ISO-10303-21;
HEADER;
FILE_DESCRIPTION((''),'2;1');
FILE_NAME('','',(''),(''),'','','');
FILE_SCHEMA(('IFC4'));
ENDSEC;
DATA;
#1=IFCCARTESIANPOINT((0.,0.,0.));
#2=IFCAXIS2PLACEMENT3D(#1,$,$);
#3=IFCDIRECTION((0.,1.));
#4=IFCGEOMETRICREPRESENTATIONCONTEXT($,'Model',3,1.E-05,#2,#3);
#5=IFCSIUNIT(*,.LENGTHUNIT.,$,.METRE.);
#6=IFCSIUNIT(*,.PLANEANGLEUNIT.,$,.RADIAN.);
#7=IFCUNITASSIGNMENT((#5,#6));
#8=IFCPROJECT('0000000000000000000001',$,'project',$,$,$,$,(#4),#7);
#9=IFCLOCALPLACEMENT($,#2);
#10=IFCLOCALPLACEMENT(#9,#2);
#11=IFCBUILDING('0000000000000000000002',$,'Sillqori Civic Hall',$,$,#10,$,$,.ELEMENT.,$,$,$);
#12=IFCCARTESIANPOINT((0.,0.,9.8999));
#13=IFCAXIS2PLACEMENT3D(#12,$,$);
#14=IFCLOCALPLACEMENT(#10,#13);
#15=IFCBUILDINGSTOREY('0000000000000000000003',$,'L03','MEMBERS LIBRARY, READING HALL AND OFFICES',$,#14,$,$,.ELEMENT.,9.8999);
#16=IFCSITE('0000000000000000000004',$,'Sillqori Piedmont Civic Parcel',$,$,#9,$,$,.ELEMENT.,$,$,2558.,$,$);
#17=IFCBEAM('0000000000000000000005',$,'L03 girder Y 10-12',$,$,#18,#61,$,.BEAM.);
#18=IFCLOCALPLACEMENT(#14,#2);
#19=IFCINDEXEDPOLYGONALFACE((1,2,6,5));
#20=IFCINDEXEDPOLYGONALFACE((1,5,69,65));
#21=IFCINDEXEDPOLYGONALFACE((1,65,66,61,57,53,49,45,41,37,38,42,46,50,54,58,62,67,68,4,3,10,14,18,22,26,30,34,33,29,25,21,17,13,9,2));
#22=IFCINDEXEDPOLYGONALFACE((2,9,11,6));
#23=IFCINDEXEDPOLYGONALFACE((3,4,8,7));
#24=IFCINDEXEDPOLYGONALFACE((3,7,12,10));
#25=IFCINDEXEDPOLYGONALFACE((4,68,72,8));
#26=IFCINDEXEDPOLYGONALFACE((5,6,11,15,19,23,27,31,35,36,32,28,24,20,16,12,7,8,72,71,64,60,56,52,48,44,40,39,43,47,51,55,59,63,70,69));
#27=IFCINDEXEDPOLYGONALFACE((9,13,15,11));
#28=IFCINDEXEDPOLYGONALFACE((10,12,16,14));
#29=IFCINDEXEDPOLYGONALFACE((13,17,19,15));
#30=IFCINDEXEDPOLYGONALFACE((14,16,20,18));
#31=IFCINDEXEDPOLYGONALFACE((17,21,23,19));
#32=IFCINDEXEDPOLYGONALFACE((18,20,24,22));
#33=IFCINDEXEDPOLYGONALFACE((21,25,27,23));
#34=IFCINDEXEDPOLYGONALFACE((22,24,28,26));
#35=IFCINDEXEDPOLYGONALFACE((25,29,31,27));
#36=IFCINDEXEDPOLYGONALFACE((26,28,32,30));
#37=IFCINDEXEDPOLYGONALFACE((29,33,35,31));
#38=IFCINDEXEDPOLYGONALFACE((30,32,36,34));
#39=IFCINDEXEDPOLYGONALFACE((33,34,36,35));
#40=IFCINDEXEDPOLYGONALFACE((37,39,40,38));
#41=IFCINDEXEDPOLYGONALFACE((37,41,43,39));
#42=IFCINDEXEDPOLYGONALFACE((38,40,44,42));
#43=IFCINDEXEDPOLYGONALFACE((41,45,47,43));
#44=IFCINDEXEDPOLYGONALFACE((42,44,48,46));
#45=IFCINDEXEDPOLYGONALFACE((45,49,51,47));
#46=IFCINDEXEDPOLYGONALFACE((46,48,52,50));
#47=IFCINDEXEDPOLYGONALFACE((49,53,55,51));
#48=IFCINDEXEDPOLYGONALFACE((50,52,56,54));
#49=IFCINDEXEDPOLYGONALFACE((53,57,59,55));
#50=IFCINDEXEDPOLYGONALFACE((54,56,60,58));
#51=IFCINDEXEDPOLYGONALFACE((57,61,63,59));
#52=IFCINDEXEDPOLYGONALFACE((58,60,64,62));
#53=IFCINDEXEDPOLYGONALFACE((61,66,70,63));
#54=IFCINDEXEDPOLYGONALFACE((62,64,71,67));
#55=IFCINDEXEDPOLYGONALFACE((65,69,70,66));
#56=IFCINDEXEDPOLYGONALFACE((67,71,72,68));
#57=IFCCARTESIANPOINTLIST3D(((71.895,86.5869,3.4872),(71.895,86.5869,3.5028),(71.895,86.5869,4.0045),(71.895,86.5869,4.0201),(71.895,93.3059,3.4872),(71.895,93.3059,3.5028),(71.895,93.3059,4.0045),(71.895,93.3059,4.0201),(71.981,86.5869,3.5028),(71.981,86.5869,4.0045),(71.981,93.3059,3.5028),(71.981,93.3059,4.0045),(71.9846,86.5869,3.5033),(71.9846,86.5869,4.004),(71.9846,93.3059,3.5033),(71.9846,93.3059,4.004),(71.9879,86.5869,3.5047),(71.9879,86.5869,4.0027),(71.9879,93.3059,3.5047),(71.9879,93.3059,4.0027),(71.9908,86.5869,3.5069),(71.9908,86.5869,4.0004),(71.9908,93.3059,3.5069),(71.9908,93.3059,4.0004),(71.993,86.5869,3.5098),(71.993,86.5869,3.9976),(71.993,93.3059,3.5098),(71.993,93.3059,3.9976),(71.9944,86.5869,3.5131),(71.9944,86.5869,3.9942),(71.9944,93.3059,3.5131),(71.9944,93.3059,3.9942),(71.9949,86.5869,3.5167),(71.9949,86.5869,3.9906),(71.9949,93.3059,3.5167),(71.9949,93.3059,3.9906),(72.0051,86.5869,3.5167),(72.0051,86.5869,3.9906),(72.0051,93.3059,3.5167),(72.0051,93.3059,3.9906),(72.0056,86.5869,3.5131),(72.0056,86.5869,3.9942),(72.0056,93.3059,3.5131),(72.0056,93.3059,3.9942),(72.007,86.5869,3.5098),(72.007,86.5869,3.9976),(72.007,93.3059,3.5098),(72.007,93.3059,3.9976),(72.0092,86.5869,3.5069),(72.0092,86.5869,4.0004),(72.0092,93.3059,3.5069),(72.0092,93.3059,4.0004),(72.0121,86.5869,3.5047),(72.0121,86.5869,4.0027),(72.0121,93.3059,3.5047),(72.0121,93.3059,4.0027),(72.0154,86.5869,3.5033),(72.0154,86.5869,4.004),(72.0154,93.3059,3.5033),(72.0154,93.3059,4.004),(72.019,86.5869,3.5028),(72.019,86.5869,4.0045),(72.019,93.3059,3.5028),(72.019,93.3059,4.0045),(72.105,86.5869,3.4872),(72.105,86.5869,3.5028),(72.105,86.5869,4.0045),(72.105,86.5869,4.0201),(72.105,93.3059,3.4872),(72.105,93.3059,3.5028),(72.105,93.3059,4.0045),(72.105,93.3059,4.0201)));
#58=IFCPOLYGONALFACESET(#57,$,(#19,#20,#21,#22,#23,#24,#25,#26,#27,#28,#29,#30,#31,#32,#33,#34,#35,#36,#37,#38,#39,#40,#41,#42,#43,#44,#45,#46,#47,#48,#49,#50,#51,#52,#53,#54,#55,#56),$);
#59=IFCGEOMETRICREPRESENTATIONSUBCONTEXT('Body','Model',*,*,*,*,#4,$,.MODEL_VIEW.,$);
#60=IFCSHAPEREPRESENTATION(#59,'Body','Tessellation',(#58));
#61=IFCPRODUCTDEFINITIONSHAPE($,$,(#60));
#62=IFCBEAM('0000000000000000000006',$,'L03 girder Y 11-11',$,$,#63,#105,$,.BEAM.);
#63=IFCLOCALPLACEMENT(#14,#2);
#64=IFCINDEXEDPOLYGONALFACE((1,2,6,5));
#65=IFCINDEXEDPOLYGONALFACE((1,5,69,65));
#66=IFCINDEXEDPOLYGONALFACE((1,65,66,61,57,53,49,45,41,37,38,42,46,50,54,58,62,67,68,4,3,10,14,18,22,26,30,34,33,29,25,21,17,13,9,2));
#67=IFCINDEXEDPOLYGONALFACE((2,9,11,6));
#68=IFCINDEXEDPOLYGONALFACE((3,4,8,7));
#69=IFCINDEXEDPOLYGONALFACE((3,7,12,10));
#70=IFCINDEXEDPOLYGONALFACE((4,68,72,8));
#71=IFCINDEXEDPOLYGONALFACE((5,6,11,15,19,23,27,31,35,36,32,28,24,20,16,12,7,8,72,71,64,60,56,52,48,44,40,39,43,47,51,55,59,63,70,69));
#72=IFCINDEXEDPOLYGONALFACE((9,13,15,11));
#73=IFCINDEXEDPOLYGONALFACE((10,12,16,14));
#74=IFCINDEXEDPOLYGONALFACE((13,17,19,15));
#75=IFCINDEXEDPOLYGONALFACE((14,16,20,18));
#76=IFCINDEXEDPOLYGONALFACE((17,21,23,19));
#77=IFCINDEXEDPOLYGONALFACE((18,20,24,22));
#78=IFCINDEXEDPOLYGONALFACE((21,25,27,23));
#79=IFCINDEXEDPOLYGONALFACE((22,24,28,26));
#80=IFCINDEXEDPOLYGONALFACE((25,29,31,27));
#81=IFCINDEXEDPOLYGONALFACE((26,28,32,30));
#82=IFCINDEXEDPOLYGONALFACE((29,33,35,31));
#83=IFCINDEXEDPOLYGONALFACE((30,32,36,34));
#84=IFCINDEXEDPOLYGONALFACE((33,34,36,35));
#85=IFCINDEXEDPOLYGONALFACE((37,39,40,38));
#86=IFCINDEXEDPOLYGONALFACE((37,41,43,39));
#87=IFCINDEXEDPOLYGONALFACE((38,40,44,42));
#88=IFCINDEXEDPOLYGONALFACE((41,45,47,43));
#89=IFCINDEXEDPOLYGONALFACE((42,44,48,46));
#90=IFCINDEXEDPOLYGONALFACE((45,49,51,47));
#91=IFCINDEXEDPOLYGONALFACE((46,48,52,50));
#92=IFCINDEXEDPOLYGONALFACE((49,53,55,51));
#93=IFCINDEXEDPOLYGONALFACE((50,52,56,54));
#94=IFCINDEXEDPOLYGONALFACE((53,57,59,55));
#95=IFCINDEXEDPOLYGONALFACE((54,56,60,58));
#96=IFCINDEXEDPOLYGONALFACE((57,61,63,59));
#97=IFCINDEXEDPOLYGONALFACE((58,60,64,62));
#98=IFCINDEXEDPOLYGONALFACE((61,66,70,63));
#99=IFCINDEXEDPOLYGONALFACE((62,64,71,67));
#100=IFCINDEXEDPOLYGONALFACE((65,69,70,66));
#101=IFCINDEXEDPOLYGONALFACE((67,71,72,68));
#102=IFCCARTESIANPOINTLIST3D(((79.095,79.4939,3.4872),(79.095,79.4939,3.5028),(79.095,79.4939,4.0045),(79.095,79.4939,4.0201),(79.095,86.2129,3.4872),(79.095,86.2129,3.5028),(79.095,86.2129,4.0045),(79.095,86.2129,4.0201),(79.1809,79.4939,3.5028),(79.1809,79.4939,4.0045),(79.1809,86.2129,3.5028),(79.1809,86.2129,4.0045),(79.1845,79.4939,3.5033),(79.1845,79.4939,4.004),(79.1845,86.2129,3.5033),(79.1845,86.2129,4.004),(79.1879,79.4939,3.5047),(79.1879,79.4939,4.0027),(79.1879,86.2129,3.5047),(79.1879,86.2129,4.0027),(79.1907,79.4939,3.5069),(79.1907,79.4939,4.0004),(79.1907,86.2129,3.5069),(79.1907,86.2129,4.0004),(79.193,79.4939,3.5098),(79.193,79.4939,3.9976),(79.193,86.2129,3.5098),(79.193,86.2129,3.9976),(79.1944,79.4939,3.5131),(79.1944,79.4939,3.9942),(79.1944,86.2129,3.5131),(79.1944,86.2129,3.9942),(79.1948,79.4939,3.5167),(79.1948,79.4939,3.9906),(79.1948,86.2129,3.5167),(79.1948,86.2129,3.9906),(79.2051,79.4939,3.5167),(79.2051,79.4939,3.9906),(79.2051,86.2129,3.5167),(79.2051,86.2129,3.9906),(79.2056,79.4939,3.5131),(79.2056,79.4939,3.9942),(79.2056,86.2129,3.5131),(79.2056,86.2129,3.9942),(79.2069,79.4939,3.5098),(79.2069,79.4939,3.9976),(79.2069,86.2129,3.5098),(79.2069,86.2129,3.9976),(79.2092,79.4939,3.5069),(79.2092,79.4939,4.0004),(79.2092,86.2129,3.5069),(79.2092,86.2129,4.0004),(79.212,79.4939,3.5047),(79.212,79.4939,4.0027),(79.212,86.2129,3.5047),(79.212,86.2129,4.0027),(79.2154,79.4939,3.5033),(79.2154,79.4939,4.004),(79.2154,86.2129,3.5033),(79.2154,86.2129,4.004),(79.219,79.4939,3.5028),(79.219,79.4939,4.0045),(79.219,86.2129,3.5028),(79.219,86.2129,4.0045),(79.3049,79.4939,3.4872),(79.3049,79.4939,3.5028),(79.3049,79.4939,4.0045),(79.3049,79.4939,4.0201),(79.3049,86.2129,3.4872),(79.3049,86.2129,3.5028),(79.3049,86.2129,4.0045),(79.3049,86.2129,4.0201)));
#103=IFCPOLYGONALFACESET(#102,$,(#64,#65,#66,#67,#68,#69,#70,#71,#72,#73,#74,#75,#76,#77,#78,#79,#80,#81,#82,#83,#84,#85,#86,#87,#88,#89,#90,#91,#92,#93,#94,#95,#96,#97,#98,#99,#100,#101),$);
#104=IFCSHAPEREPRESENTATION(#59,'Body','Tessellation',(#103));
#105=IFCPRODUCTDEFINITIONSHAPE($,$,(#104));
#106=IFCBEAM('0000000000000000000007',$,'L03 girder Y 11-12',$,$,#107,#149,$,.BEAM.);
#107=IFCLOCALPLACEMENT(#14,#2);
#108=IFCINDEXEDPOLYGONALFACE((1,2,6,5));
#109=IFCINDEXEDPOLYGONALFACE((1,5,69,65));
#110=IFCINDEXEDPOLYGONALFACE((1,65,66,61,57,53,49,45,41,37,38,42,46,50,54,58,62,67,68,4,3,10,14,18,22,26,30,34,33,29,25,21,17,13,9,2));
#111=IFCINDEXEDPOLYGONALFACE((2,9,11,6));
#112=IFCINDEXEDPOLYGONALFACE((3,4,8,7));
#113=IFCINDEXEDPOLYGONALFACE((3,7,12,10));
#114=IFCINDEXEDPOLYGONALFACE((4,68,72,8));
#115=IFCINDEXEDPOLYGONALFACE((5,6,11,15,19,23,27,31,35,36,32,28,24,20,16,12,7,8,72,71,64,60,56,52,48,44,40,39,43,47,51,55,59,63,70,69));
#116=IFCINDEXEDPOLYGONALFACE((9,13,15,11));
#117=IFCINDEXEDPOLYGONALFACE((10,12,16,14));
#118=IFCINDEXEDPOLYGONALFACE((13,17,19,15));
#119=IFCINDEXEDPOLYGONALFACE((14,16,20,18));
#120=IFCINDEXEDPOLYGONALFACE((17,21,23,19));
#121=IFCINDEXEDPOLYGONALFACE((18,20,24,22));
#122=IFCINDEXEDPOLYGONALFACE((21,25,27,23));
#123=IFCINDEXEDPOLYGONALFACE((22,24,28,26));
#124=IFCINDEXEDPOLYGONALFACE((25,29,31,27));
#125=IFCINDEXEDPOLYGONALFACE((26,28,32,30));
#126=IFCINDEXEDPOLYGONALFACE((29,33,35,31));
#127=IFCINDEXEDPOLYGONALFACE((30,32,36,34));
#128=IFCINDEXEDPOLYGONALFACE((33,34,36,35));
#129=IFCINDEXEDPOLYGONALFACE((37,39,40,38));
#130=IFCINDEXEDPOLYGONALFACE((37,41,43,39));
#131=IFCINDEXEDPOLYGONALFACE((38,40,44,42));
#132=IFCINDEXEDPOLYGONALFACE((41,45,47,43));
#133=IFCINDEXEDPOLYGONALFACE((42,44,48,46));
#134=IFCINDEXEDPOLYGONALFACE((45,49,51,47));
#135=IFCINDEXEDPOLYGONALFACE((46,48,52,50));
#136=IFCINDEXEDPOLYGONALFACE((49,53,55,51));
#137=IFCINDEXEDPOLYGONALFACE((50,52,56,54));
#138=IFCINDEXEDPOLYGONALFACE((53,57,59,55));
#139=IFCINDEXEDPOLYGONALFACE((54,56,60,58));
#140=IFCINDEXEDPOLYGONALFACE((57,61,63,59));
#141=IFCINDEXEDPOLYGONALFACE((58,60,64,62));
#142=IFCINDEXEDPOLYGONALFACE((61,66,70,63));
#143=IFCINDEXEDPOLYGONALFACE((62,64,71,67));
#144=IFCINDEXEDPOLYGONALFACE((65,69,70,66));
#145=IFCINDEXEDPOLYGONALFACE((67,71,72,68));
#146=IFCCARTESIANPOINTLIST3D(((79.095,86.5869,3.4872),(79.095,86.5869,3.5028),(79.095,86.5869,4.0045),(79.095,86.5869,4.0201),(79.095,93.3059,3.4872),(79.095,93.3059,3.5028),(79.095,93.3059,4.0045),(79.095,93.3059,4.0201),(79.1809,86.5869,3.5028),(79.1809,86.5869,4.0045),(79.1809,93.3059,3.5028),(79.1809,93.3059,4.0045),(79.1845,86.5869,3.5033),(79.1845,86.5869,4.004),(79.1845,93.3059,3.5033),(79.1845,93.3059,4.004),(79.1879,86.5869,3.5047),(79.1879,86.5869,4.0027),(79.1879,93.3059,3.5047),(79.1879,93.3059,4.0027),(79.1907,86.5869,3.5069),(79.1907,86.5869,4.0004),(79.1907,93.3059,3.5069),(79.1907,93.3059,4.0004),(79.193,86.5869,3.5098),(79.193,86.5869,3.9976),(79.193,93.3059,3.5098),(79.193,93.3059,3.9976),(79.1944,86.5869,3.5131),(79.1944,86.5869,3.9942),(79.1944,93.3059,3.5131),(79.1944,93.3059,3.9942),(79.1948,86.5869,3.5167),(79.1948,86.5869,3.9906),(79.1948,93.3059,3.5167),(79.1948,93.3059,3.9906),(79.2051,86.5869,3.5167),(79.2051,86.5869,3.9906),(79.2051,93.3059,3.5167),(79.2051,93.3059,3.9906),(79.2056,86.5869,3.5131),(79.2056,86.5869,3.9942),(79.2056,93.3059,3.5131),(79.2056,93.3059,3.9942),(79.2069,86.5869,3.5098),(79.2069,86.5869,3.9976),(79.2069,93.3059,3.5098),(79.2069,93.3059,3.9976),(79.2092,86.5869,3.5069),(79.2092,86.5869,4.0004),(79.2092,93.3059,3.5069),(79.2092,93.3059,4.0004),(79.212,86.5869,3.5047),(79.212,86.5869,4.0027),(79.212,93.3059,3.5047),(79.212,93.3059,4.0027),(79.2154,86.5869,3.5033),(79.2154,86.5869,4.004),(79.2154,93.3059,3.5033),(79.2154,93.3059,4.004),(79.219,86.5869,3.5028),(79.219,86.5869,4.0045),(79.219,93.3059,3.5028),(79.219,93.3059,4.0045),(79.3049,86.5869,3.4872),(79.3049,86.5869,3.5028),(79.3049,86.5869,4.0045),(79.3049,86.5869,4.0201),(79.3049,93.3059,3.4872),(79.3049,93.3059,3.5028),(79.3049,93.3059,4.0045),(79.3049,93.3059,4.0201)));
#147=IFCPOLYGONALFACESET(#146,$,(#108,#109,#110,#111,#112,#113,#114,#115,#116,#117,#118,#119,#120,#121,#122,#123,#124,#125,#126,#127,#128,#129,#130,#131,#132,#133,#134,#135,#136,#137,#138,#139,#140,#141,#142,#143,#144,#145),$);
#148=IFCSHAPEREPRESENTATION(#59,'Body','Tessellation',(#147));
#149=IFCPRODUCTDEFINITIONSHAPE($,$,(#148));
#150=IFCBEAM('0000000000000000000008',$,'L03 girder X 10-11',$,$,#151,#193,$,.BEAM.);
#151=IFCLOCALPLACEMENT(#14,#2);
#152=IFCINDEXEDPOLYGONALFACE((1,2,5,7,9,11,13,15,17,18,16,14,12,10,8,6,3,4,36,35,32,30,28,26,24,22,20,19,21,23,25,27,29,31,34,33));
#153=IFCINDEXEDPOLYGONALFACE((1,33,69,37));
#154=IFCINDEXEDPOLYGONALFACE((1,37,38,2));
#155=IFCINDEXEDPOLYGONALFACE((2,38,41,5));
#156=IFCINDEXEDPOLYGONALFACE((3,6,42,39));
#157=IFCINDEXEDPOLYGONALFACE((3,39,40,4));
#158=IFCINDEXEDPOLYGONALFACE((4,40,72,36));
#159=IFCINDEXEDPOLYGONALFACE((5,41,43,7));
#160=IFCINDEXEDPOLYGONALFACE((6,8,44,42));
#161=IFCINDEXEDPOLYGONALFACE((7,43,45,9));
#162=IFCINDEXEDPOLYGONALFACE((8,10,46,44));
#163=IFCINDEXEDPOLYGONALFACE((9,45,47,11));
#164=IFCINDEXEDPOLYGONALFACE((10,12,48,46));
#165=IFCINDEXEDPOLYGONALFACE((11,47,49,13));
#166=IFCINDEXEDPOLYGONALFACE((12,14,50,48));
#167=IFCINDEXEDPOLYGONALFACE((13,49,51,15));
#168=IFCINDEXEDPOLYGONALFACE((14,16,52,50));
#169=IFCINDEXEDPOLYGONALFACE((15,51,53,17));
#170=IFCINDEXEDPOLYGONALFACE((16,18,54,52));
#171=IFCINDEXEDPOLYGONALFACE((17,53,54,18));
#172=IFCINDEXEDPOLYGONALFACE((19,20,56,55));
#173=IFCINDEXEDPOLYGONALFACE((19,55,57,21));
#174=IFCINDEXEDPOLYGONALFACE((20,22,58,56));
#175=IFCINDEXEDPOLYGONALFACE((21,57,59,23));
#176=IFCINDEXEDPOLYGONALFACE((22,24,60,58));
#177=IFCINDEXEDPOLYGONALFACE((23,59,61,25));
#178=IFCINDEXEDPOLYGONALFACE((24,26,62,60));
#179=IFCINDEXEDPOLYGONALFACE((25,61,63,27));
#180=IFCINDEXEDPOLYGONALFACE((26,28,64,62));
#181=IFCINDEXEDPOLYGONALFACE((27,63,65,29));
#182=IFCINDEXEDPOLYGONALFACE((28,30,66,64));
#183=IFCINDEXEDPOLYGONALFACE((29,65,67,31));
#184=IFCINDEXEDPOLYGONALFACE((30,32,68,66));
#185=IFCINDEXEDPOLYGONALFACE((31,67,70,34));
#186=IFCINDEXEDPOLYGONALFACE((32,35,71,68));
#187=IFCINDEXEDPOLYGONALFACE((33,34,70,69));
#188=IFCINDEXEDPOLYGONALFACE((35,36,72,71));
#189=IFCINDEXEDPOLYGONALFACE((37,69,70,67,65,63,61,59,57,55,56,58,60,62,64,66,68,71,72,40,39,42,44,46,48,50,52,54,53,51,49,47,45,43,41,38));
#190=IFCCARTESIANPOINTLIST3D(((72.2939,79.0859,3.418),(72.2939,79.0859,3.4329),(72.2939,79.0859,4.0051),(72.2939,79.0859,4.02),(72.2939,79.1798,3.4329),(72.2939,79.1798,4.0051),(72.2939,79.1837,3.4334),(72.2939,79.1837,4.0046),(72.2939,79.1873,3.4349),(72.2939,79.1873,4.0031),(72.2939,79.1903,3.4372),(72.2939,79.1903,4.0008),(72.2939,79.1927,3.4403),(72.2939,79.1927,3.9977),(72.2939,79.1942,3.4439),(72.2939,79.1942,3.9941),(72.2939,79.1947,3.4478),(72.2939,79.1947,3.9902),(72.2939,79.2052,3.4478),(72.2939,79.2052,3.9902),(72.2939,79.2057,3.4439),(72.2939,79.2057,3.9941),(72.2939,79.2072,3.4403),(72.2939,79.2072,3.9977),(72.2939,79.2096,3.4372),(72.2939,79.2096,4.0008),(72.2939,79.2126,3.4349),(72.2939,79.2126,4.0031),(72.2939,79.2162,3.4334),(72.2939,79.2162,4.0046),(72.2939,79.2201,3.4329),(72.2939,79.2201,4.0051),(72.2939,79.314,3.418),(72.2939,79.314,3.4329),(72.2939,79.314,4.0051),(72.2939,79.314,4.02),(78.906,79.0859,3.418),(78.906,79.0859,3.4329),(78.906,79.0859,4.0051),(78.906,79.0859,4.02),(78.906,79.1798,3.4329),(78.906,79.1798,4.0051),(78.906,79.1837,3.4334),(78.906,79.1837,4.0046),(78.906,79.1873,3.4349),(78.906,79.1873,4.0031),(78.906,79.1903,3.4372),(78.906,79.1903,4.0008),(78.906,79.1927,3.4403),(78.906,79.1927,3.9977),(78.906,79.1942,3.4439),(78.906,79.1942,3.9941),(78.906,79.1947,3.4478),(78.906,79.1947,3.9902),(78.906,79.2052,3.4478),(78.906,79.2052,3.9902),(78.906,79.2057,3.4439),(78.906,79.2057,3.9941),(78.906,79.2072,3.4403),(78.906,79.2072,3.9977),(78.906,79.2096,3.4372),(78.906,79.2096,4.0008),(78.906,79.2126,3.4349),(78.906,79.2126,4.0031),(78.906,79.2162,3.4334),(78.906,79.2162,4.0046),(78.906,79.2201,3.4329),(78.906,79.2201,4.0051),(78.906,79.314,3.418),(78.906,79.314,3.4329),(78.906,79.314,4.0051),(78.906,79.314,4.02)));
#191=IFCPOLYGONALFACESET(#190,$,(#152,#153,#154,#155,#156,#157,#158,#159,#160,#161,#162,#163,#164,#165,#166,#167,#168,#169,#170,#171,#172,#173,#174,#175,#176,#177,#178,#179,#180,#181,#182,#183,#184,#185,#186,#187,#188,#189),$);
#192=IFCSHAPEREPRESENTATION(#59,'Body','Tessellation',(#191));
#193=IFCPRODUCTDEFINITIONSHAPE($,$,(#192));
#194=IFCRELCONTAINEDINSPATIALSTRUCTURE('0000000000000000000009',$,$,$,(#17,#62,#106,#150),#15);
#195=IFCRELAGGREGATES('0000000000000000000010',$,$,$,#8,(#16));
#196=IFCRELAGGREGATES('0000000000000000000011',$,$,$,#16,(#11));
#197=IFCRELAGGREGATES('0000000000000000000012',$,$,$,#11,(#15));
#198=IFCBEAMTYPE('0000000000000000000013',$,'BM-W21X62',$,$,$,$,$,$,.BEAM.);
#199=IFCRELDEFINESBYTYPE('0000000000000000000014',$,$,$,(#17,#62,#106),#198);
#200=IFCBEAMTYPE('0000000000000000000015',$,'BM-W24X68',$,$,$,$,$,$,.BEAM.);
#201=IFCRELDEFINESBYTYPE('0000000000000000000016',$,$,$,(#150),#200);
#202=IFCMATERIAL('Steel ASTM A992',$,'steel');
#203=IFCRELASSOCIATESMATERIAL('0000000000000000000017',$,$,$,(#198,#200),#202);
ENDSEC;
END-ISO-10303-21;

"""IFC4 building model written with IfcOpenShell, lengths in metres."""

from ifc_helpers import new_model, si_unit, direction, frame, origin, origin_2d, place, context, subcontext, project, spatial, i_section, extrude, material, material_profile, profile_set, type_object, element, save


model = new_model("IFC4")

# Units and contexts
model_context = context("Model", 3, precision=1e-05, world=origin(), true_north=direction((0.0, 1.0)))
body_context = subcontext(model_context, "Body", "Model", "MODEL_VIEW")
ifc_project = project(units=[si_unit("LENGTHUNIT", "METRE"), si_unit("PLANEANGLEUNIT", "RADIAN")], contexts=[model_context])

# Site, building, storey
site_placement = place(None, origin())
site = spatial("IfcSite", under=ifc_project, at=site_placement, Name="Sillqori Piedmont Civic Parcel", CompositionType="ELEMENT", RefElevation=2558.0)
building_placement = place(site_placement, origin())
building = spatial("IfcBuilding", under=site, at=building_placement, Name="Sillqori Civic Hall", CompositionType="ELEMENT")
storey_placement = place(building_placement, frame((0.0, 0.0, 9.8999)))
storey = spatial("IfcBuildingStorey", under=building, at=storey_placement, Name="L03", Description="MEMBERS LIBRARY, READING HALL AND OFFICES", CompositionType="ELEMENT", Elevation=9.8999)

# Shared definitions
ifc_material_1 = material(Name="Steel ASTM A992", Category="steel")

# Beams
ifc_material_profile_1 = material_profile(ifc_material_1, i_section(OverallWidth=0.21, OverallDepth=0.533, WebThickness=0.0103, FlangeThickness=0.0156, FilletRadius=0.0139, at=origin_2d()), Name="W21X62")
ifc_profile_set_1 = profile_set([ifc_material_profile_1], Name="Steel ASTM A992")
beam_type_1 = type_object("IfcBeamType", Name="BM-W21X62", PredefinedType="BEAM", material=ifc_profile_set_1)
for number, where, z_axis, x_axis, name in (
    (1, (72.0, 86.5869, 3.7537), (0.0, 1.0, 0.0), (-1.0, 0.0, 0.0), "L03 girder Y 10-12"),
    (2, (79.2, 79.4939, 3.7537), (0.0, 1.0, 0.0), (-1.0, 0.0, 0.0), "L03 girder Y 11-11"),
    (3, (79.2, 86.5869, 3.7537), (0.0, 1.0, 0.0), (-1.0, 0.0, 0.0), "L03 girder Y 11-12"),
):
    element("IfcBeam", number, at=place(storey_placement, frame(where, z_axis=z_axis, x_axis=x_axis)), inside=storey, type_object=beam_type_1, Name=name, PredefinedType="BEAM", context=body_context, shape_type="SweptSolid", body=[
        extrude(i_section(OverallWidth=0.21, OverallDepth=0.533, WebThickness=0.0103, FlangeThickness=0.0156, FilletRadius=0.0139, at=origin_2d()), origin(), (0.0, 0.0, 1.0), 6.719),
    ])
ifc_material_profile_2 = material_profile(ifc_material_1, i_section(OverallWidth=0.228, OverallDepth=0.6021, WebThickness=0.0105, FlangeThickness=0.0149, FilletRadius=0.0149, at=origin_2d()), Name="W24X68")
ifc_profile_set_2 = profile_set([ifc_material_profile_2], Name="Steel ASTM A992")
beam_type_2 = type_object("IfcBeamType", Name="BM-W24X68", PredefinedType="BEAM", material=ifc_profile_set_2)
beam_1_placement = place(storey_placement, frame((72.2939, 79.2, 3.719), z_axis=(1.0, 0.0, 0.0), x_axis=(0.0, 1.0, 0.0)))
element("IfcBeam", 4, at=beam_1_placement, inside=storey, type_object=beam_type_2, Name="L03 girder X 10-11", PredefinedType="BEAM", context=body_context, shape_type="SweptSolid", body=[
    extrude(i_section(OverallWidth=0.228, OverallDepth=0.6021, WebThickness=0.0105, FlangeThickness=0.0149, FilletRadius=0.0149, at=origin_2d()), origin(), (0.0, 0.0, 1.0), 6.6121),
])

save(model, "model.ifc")
